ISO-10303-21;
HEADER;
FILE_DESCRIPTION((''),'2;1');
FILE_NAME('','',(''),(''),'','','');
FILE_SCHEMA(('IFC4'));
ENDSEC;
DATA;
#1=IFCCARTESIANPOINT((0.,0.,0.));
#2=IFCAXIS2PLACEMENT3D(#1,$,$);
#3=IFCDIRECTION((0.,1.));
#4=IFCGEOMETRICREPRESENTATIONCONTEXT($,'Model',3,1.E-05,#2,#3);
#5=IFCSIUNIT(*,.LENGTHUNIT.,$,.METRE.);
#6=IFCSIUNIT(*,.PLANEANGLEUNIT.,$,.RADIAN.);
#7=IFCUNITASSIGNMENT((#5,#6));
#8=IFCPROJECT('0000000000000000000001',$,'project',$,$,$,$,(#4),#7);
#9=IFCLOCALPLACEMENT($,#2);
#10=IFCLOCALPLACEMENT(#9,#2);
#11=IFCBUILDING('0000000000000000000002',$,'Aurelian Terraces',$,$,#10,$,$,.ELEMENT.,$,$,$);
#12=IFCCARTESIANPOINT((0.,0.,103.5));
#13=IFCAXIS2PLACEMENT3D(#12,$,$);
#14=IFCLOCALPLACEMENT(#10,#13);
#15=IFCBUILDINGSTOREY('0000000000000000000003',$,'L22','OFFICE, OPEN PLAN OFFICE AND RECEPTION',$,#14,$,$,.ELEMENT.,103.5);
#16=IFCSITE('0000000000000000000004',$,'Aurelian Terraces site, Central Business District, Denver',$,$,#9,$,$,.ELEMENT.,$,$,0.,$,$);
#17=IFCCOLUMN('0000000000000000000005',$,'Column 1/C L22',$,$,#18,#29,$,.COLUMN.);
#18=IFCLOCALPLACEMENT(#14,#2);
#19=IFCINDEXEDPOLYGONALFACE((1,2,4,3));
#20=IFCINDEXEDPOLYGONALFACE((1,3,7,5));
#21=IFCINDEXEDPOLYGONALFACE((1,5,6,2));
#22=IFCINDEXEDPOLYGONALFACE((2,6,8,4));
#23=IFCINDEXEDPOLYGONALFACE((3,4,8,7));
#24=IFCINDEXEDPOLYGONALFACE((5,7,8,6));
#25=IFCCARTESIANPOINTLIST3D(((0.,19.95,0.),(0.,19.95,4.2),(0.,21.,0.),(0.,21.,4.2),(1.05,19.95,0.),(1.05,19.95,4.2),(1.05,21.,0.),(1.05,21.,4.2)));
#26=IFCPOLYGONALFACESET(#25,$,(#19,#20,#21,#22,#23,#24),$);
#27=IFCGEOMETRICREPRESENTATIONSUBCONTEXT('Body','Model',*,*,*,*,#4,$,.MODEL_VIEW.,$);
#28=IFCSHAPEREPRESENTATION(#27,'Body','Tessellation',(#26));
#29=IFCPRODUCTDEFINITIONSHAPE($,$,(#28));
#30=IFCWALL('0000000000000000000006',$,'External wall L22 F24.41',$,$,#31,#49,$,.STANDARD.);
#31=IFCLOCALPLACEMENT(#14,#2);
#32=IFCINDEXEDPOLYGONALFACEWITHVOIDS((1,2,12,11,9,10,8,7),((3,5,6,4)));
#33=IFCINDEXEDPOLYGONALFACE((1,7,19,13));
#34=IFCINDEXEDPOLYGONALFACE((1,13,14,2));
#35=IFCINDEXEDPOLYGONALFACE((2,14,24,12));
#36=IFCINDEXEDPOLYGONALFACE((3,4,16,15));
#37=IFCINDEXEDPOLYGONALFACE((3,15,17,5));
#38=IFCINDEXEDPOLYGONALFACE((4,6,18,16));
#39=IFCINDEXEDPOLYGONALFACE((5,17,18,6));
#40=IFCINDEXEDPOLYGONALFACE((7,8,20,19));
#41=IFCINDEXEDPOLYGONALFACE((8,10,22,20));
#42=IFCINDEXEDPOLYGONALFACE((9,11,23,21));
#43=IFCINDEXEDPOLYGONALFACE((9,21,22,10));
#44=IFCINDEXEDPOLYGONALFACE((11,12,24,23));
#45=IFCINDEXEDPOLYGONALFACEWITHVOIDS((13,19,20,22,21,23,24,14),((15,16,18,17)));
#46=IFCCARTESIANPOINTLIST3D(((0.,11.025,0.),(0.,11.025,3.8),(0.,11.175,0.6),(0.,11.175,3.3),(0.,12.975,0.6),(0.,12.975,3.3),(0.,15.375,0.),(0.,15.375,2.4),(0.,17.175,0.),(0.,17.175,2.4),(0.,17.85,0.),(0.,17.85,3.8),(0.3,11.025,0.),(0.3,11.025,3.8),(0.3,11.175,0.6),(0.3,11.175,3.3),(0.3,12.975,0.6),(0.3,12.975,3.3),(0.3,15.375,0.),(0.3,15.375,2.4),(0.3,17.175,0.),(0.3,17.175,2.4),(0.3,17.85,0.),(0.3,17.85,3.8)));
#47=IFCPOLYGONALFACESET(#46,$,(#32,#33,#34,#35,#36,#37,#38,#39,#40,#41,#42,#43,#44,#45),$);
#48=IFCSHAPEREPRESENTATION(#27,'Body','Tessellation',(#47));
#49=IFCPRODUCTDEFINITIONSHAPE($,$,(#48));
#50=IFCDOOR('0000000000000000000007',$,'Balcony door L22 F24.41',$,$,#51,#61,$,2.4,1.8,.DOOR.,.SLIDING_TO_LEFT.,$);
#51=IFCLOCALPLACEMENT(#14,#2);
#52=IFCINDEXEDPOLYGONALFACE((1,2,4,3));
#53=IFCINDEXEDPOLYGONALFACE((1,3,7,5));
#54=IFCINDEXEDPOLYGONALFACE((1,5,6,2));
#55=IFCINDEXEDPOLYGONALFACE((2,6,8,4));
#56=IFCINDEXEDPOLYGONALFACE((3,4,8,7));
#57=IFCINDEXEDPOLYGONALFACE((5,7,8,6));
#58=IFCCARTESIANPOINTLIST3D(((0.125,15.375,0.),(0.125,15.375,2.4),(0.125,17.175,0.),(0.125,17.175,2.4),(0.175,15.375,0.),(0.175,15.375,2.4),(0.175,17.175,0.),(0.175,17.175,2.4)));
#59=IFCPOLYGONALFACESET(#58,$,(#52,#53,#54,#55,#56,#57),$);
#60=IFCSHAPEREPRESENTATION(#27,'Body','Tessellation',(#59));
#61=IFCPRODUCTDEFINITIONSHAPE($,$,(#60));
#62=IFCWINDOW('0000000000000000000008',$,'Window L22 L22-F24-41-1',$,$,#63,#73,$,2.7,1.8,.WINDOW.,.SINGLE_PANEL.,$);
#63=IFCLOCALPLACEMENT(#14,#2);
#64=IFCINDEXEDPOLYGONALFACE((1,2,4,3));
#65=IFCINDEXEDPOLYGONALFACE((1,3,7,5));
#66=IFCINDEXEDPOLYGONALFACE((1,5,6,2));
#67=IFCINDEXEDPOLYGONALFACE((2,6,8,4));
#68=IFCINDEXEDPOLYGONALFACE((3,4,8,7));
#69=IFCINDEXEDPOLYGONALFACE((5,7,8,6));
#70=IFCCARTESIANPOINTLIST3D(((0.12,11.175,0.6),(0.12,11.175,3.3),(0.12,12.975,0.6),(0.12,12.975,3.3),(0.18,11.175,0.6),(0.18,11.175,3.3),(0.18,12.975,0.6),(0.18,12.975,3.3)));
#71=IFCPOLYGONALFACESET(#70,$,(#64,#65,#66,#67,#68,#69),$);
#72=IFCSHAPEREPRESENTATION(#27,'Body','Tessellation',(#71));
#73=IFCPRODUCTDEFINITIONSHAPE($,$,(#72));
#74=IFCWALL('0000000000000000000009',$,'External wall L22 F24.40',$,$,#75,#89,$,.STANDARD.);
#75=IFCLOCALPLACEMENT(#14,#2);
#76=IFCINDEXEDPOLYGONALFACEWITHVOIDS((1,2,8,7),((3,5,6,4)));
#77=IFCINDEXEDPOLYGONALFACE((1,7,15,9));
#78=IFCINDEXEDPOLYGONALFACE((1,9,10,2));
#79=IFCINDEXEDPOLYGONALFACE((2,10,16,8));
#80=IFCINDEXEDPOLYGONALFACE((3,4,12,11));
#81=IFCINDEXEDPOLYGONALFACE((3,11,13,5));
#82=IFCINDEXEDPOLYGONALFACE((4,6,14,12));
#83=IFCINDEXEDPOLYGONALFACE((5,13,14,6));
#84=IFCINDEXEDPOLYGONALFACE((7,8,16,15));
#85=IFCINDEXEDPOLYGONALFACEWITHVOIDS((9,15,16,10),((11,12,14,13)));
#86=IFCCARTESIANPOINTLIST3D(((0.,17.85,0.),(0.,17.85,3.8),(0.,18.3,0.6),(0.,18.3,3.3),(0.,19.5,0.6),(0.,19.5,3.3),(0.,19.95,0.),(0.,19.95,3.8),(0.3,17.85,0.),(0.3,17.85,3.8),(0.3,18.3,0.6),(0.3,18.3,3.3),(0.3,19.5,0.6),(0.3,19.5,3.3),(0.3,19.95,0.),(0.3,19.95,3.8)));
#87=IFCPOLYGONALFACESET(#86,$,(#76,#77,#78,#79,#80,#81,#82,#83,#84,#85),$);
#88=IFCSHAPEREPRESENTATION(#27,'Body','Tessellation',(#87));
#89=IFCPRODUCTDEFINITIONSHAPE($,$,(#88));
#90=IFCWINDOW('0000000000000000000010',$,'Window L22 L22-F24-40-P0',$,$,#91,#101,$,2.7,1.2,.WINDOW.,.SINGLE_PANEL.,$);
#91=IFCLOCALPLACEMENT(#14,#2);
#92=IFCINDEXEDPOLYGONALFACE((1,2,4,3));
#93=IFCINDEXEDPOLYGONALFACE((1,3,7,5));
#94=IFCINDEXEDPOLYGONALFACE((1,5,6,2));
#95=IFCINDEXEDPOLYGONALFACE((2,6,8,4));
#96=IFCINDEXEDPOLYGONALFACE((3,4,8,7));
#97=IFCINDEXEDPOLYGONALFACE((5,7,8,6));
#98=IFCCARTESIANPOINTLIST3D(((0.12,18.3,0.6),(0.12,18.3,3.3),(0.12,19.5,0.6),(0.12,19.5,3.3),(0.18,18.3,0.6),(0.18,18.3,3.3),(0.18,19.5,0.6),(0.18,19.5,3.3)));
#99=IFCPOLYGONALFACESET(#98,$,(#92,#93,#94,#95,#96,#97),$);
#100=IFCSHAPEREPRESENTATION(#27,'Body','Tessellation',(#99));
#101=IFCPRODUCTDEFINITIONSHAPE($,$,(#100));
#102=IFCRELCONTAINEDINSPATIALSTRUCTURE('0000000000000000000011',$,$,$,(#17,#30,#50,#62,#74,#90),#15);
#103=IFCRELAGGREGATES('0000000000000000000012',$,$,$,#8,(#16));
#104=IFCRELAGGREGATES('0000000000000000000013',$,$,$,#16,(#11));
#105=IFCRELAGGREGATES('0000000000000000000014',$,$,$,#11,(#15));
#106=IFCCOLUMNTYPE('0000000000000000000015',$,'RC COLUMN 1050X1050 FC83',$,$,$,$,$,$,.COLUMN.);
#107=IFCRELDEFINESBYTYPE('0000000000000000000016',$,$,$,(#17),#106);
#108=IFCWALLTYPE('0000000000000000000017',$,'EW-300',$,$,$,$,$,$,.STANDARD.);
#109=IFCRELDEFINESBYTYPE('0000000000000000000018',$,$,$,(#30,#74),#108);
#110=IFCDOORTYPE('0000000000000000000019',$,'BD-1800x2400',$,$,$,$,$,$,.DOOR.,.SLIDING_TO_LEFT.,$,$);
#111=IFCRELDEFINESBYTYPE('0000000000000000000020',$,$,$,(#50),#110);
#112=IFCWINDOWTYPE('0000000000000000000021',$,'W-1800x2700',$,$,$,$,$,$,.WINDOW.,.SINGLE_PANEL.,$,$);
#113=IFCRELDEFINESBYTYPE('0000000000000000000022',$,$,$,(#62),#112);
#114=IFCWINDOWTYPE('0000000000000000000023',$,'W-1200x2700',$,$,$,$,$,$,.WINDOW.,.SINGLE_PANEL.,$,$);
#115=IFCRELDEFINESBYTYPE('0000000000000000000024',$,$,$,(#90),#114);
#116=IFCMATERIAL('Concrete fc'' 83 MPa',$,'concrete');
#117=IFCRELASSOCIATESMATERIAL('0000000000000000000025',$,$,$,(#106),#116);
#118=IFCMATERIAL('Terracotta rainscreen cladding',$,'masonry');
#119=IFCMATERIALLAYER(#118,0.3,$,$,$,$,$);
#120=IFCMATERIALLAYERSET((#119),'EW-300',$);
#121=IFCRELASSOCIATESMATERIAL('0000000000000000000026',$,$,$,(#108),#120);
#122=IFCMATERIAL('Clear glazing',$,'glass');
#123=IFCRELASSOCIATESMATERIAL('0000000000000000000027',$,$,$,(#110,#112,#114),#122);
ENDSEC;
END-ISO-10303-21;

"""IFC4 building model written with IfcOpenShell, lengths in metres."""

from ifc_helpers import new_model, si_unit, direction, frame, frame_2d, origin, origin_2d, place, context, subcontext, project, spatial, rectangle, extrude, source, transform, mapped, material, layer, layer_set, material_profile, profile_set, type_object, element, fill, save


model = new_model("IFC4")

# Units and contexts
model_context = context("Model", 3, precision=1e-05, world=origin(), true_north=direction((0.0, 1.0)))
body_context = subcontext(model_context, "Body", "Model", "MODEL_VIEW")
ifc_project = project(units=[si_unit("LENGTHUNIT", "METRE"), si_unit("PLANEANGLEUNIT", "RADIAN")], contexts=[model_context])

# Site, building, storey
site_placement = place(None, origin())
site = spatial("IfcSite", under=ifc_project, at=site_placement, Name="Aurelian Terraces site, Central Business District, Denver", CompositionType="ELEMENT", RefElevation=0.0)
building_placement = place(site_placement, origin())
building = spatial("IfcBuilding", under=site, at=building_placement, Name="Aurelian Terraces", CompositionType="ELEMENT")
storey_placement = place(building_placement, frame((0.0, 0.0, 103.5)))
storey = spatial("IfcBuildingStorey", under=building, at=storey_placement, Name="L22", Description="OFFICE, OPEN PLAN OFFICE AND RECEPTION", CompositionType="ELEMENT", Elevation=103.5)

# Column
ifc_material_1 = material(Name="Concrete fc' 83 MPa", Category="concrete")
ifc_material_profile = material_profile(ifc_material_1, rectangle(XDim=1.05, YDim=1.05, at=origin_2d()))
ifc_profile_set = profile_set([ifc_material_profile], Name="Concrete fc' 83 MPa")
column_type = type_object("IfcColumnType", Name="RC COLUMN 1050X1050 FC83", PredefinedType="COLUMN", material=ifc_profile_set)
shared_shape_1 = source(origin(), body_context, "Body", "SweptSolid", [
    extrude(rectangle(XDim=1.05, YDim=1.05, at=origin_2d()), origin(), (0.0, 0.0, 1.0), 4.2),
])
column_placement = place(storey_placement, frame((0.525, 20.475, 0.0), z_axis=(0.0, 0.0, 1.0), x_axis=(1.0, 0.0, 0.0)))
element("IfcColumn", 1, at=column_placement, inside=storey, type_object=column_type, Name="Column 1/C L22", PredefinedType="COLUMN", context=body_context, shape_type="MappedRepresentation", body=[
    mapped(shared_shape_1, transform((0.0, 0.0, 0.0), scale=1.0)),
])

# Wall, openings, door, window
ifc_material_2 = material(Name="Terracotta rainscreen cladding", Category="masonry")
ifc_layer_1 = layer(ifc_material_2, 0.3)
ifc_layer_set_1 = layer_set([ifc_layer_1], Name="EW-300")
wall_type_1 = type_object("IfcWallType", Name="EW-300", PredefinedType="STANDARD", material=ifc_layer_set_1)
wall_1_placement = place(storey_placement, frame((0.15, 17.85, 0.0), z_axis=(0.0, 0.0, 1.0), x_axis=(0.0, -1.0, 0.0)))
wall_1 = element("IfcWall", 2, at=wall_1_placement, inside=storey, type_object=wall_type_1, Name="External wall L22 F24.41", PredefinedType="STANDARD", context=body_context, shape_type="SweptSolid", body=[
    extrude(rectangle(XDim=6.825, YDim=0.3, at=frame_2d((3.4125, 0.0))), origin(), (0.0, 0.0, 1.0), 3.8),
])
shared_shape_2 = source(origin(), body_context, "Body", "SweptSolid", [
    extrude(rectangle(XDim=1.8, YDim=2.4, at=frame_2d((0.9, 1.2))), frame((0.0, 0.16, 0.0), z_axis=(0.0, -1.0, 0.0), x_axis=(1.0, 0.0, 0.0)), (0.0, 0.0, 1.0), 0.32),
])
opening_1_placement = place(wall_1_placement, frame((0.675, 0.0, 0.0)))
opening_1 = element("IfcOpeningElement", 3, at=opening_1_placement, cuts=wall_1, PredefinedType="OPENING", context=body_context, shape_type="MappedRepresentation", body=[
    mapped(shared_shape_2, transform((0.0, 0.0, 0.0), scale=1.0)),
])
shared_shape_3 = source(origin(), body_context, "Body", "SweptSolid", [
    extrude(rectangle(XDim=1.8, YDim=2.7, at=frame_2d((0.9, 1.35))), frame((0.0, 0.16, 0.0), z_axis=(0.0, -1.0, 0.0), x_axis=(1.0, 0.0, 0.0)), (0.0, 0.0, 1.0), 0.32),
])
opening_2_placement = place(wall_1_placement, frame((4.875, 0.0, 0.6)))
opening_2 = element("IfcOpeningElement", 4, at=opening_2_placement, cuts=wall_1, PredefinedType="OPENING", context=body_context, shape_type="MappedRepresentation", body=[
    mapped(shared_shape_3, transform((0.0, 0.0, 0.0), scale=1.0)),
])
ifc_material_3 = material(Name="Clear glazing", Category="glass")
door_type_1 = type_object("IfcDoorType", Name="BD-1800x2400", OperationType="SLIDING_TO_LEFT", PredefinedType="DOOR", material=ifc_material_3)
shared_shape_4 = source(origin(), body_context, "Body", "SweptSolid", [
    extrude(rectangle(XDim=1.8, YDim=2.4, at=frame_2d((0.9, 1.2))), frame((0.0, 0.025, 0.0), z_axis=(0.0, -1.0, 0.0), x_axis=(1.0, 0.0, 0.0)), (0.0, 0.0, 1.0), 0.05),
])
door_1_placement = place(opening_1_placement, origin())
door_1 = element("IfcDoor", 5, at=door_1_placement, inside=storey, type_object=door_type_1, Name="Balcony door L22 F24.41", OperationType="SLIDING_TO_LEFT", OverallHeight=2.4, OverallWidth=1.8, PredefinedType="DOOR", context=body_context, shape_type="MappedRepresentation", body=[
    mapped(shared_shape_4, transform((0.0, 0.0, 0.0), scale=1.0)),
])
fill(opening_1, door_1)
window_type_1 = type_object("IfcWindowType", Name="W-1800x2700", PartitioningType="SINGLE_PANEL", PredefinedType="WINDOW", material=ifc_material_3)
shared_shape_5 = source(origin(), body_context, "Body", "SweptSolid", [
    extrude(rectangle(XDim=1.8, YDim=2.7, at=frame_2d((0.9, 1.35))), frame((0.0, 0.03, 0.0), z_axis=(0.0, -1.0, 0.0), x_axis=(1.0, 0.0, 0.0)), (0.0, 0.0, 1.0), 0.06),
])
window_1_placement = place(opening_2_placement, origin())
window_1 = element("IfcWindow", 6, at=window_1_placement, inside=storey, type_object=window_type_1, Name="Window L22 L22-F24-41-1", OverallHeight=2.7, OverallWidth=1.8, PartitioningType="SINGLE_PANEL", PredefinedType="WINDOW", context=body_context, shape_type="MappedRepresentation", body=[
    mapped(shared_shape_5, transform((0.0, 0.0, 0.0), scale=1.0)),
])
fill(opening_2, window_1)

# Wall, opening, window
shared_shape_6 = source(origin(), body_context, "Body", "SweptSolid", [
    extrude(rectangle(XDim=2.1, YDim=0.3, at=frame_2d((1.05, 0.0))), origin(), (0.0, 0.0, 1.0), 3.8),
])
wall_2_placement = place(storey_placement, frame((0.15, 19.95, 0.0), z_axis=(0.0, 0.0, 1.0), x_axis=(0.0, -1.0, 0.0)))
wall_2 = element("IfcWall", 7, at=wall_2_placement, inside=storey, type_object=wall_type_1, Name="External wall L22 F24.40", PredefinedType="STANDARD", context=body_context, shape_type="MappedRepresentation", body=[
    mapped(shared_shape_6, transform((0.0, 0.0, 0.0), scale=1.0)),
])
shared_shape_7 = source(origin(), body_context, "Body", "SweptSolid", [
    extrude(rectangle(XDim=1.2, YDim=2.7, at=frame_2d((0.6, 1.35))), frame((0.0, 0.16, 0.0), z_axis=(0.0, -1.0, 0.0), x_axis=(1.0, 0.0, 0.0)), (0.0, 0.0, 1.0), 0.32),
])
opening_3_placement = place(wall_2_placement, frame((0.45, 0.0, 0.6)))
opening_3 = element("IfcOpeningElement", 8, at=opening_3_placement, cuts=wall_2, PredefinedType="OPENING", context=body_context, shape_type="MappedRepresentation", body=[
    mapped(shared_shape_7, transform((0.0, 0.0, 0.0), scale=1.0)),
])
window_type_2 = type_object("IfcWindowType", Name="W-1200x2700", PartitioningType="SINGLE_PANEL", PredefinedType="WINDOW", material=ifc_material_3)
shared_shape_8 = source(origin(), body_context, "Body", "SweptSolid", [
    extrude(rectangle(XDim=1.2, YDim=2.7, at=frame_2d((0.6, 1.35))), frame((0.0, 0.03, 0.0), z_axis=(0.0, -1.0, 0.0), x_axis=(1.0, 0.0, 0.0)), (0.0, 0.0, 1.0), 0.06),
])
window_2_placement = place(opening_3_placement, origin())
window_2 = element("IfcWindow", 9, at=window_2_placement, inside=storey, type_object=window_type_2, Name="Window L22 L22-F24-40-P0", OverallHeight=2.7, OverallWidth=1.2, PartitioningType="SINGLE_PANEL", PredefinedType="WINDOW", context=body_context, shape_type="MappedRepresentation", body=[
    mapped(shared_shape_8, transform((0.0, 0.0, 0.0), scale=1.0)),
])
fill(opening_3, window_2)

save(model, "model.ifc")
